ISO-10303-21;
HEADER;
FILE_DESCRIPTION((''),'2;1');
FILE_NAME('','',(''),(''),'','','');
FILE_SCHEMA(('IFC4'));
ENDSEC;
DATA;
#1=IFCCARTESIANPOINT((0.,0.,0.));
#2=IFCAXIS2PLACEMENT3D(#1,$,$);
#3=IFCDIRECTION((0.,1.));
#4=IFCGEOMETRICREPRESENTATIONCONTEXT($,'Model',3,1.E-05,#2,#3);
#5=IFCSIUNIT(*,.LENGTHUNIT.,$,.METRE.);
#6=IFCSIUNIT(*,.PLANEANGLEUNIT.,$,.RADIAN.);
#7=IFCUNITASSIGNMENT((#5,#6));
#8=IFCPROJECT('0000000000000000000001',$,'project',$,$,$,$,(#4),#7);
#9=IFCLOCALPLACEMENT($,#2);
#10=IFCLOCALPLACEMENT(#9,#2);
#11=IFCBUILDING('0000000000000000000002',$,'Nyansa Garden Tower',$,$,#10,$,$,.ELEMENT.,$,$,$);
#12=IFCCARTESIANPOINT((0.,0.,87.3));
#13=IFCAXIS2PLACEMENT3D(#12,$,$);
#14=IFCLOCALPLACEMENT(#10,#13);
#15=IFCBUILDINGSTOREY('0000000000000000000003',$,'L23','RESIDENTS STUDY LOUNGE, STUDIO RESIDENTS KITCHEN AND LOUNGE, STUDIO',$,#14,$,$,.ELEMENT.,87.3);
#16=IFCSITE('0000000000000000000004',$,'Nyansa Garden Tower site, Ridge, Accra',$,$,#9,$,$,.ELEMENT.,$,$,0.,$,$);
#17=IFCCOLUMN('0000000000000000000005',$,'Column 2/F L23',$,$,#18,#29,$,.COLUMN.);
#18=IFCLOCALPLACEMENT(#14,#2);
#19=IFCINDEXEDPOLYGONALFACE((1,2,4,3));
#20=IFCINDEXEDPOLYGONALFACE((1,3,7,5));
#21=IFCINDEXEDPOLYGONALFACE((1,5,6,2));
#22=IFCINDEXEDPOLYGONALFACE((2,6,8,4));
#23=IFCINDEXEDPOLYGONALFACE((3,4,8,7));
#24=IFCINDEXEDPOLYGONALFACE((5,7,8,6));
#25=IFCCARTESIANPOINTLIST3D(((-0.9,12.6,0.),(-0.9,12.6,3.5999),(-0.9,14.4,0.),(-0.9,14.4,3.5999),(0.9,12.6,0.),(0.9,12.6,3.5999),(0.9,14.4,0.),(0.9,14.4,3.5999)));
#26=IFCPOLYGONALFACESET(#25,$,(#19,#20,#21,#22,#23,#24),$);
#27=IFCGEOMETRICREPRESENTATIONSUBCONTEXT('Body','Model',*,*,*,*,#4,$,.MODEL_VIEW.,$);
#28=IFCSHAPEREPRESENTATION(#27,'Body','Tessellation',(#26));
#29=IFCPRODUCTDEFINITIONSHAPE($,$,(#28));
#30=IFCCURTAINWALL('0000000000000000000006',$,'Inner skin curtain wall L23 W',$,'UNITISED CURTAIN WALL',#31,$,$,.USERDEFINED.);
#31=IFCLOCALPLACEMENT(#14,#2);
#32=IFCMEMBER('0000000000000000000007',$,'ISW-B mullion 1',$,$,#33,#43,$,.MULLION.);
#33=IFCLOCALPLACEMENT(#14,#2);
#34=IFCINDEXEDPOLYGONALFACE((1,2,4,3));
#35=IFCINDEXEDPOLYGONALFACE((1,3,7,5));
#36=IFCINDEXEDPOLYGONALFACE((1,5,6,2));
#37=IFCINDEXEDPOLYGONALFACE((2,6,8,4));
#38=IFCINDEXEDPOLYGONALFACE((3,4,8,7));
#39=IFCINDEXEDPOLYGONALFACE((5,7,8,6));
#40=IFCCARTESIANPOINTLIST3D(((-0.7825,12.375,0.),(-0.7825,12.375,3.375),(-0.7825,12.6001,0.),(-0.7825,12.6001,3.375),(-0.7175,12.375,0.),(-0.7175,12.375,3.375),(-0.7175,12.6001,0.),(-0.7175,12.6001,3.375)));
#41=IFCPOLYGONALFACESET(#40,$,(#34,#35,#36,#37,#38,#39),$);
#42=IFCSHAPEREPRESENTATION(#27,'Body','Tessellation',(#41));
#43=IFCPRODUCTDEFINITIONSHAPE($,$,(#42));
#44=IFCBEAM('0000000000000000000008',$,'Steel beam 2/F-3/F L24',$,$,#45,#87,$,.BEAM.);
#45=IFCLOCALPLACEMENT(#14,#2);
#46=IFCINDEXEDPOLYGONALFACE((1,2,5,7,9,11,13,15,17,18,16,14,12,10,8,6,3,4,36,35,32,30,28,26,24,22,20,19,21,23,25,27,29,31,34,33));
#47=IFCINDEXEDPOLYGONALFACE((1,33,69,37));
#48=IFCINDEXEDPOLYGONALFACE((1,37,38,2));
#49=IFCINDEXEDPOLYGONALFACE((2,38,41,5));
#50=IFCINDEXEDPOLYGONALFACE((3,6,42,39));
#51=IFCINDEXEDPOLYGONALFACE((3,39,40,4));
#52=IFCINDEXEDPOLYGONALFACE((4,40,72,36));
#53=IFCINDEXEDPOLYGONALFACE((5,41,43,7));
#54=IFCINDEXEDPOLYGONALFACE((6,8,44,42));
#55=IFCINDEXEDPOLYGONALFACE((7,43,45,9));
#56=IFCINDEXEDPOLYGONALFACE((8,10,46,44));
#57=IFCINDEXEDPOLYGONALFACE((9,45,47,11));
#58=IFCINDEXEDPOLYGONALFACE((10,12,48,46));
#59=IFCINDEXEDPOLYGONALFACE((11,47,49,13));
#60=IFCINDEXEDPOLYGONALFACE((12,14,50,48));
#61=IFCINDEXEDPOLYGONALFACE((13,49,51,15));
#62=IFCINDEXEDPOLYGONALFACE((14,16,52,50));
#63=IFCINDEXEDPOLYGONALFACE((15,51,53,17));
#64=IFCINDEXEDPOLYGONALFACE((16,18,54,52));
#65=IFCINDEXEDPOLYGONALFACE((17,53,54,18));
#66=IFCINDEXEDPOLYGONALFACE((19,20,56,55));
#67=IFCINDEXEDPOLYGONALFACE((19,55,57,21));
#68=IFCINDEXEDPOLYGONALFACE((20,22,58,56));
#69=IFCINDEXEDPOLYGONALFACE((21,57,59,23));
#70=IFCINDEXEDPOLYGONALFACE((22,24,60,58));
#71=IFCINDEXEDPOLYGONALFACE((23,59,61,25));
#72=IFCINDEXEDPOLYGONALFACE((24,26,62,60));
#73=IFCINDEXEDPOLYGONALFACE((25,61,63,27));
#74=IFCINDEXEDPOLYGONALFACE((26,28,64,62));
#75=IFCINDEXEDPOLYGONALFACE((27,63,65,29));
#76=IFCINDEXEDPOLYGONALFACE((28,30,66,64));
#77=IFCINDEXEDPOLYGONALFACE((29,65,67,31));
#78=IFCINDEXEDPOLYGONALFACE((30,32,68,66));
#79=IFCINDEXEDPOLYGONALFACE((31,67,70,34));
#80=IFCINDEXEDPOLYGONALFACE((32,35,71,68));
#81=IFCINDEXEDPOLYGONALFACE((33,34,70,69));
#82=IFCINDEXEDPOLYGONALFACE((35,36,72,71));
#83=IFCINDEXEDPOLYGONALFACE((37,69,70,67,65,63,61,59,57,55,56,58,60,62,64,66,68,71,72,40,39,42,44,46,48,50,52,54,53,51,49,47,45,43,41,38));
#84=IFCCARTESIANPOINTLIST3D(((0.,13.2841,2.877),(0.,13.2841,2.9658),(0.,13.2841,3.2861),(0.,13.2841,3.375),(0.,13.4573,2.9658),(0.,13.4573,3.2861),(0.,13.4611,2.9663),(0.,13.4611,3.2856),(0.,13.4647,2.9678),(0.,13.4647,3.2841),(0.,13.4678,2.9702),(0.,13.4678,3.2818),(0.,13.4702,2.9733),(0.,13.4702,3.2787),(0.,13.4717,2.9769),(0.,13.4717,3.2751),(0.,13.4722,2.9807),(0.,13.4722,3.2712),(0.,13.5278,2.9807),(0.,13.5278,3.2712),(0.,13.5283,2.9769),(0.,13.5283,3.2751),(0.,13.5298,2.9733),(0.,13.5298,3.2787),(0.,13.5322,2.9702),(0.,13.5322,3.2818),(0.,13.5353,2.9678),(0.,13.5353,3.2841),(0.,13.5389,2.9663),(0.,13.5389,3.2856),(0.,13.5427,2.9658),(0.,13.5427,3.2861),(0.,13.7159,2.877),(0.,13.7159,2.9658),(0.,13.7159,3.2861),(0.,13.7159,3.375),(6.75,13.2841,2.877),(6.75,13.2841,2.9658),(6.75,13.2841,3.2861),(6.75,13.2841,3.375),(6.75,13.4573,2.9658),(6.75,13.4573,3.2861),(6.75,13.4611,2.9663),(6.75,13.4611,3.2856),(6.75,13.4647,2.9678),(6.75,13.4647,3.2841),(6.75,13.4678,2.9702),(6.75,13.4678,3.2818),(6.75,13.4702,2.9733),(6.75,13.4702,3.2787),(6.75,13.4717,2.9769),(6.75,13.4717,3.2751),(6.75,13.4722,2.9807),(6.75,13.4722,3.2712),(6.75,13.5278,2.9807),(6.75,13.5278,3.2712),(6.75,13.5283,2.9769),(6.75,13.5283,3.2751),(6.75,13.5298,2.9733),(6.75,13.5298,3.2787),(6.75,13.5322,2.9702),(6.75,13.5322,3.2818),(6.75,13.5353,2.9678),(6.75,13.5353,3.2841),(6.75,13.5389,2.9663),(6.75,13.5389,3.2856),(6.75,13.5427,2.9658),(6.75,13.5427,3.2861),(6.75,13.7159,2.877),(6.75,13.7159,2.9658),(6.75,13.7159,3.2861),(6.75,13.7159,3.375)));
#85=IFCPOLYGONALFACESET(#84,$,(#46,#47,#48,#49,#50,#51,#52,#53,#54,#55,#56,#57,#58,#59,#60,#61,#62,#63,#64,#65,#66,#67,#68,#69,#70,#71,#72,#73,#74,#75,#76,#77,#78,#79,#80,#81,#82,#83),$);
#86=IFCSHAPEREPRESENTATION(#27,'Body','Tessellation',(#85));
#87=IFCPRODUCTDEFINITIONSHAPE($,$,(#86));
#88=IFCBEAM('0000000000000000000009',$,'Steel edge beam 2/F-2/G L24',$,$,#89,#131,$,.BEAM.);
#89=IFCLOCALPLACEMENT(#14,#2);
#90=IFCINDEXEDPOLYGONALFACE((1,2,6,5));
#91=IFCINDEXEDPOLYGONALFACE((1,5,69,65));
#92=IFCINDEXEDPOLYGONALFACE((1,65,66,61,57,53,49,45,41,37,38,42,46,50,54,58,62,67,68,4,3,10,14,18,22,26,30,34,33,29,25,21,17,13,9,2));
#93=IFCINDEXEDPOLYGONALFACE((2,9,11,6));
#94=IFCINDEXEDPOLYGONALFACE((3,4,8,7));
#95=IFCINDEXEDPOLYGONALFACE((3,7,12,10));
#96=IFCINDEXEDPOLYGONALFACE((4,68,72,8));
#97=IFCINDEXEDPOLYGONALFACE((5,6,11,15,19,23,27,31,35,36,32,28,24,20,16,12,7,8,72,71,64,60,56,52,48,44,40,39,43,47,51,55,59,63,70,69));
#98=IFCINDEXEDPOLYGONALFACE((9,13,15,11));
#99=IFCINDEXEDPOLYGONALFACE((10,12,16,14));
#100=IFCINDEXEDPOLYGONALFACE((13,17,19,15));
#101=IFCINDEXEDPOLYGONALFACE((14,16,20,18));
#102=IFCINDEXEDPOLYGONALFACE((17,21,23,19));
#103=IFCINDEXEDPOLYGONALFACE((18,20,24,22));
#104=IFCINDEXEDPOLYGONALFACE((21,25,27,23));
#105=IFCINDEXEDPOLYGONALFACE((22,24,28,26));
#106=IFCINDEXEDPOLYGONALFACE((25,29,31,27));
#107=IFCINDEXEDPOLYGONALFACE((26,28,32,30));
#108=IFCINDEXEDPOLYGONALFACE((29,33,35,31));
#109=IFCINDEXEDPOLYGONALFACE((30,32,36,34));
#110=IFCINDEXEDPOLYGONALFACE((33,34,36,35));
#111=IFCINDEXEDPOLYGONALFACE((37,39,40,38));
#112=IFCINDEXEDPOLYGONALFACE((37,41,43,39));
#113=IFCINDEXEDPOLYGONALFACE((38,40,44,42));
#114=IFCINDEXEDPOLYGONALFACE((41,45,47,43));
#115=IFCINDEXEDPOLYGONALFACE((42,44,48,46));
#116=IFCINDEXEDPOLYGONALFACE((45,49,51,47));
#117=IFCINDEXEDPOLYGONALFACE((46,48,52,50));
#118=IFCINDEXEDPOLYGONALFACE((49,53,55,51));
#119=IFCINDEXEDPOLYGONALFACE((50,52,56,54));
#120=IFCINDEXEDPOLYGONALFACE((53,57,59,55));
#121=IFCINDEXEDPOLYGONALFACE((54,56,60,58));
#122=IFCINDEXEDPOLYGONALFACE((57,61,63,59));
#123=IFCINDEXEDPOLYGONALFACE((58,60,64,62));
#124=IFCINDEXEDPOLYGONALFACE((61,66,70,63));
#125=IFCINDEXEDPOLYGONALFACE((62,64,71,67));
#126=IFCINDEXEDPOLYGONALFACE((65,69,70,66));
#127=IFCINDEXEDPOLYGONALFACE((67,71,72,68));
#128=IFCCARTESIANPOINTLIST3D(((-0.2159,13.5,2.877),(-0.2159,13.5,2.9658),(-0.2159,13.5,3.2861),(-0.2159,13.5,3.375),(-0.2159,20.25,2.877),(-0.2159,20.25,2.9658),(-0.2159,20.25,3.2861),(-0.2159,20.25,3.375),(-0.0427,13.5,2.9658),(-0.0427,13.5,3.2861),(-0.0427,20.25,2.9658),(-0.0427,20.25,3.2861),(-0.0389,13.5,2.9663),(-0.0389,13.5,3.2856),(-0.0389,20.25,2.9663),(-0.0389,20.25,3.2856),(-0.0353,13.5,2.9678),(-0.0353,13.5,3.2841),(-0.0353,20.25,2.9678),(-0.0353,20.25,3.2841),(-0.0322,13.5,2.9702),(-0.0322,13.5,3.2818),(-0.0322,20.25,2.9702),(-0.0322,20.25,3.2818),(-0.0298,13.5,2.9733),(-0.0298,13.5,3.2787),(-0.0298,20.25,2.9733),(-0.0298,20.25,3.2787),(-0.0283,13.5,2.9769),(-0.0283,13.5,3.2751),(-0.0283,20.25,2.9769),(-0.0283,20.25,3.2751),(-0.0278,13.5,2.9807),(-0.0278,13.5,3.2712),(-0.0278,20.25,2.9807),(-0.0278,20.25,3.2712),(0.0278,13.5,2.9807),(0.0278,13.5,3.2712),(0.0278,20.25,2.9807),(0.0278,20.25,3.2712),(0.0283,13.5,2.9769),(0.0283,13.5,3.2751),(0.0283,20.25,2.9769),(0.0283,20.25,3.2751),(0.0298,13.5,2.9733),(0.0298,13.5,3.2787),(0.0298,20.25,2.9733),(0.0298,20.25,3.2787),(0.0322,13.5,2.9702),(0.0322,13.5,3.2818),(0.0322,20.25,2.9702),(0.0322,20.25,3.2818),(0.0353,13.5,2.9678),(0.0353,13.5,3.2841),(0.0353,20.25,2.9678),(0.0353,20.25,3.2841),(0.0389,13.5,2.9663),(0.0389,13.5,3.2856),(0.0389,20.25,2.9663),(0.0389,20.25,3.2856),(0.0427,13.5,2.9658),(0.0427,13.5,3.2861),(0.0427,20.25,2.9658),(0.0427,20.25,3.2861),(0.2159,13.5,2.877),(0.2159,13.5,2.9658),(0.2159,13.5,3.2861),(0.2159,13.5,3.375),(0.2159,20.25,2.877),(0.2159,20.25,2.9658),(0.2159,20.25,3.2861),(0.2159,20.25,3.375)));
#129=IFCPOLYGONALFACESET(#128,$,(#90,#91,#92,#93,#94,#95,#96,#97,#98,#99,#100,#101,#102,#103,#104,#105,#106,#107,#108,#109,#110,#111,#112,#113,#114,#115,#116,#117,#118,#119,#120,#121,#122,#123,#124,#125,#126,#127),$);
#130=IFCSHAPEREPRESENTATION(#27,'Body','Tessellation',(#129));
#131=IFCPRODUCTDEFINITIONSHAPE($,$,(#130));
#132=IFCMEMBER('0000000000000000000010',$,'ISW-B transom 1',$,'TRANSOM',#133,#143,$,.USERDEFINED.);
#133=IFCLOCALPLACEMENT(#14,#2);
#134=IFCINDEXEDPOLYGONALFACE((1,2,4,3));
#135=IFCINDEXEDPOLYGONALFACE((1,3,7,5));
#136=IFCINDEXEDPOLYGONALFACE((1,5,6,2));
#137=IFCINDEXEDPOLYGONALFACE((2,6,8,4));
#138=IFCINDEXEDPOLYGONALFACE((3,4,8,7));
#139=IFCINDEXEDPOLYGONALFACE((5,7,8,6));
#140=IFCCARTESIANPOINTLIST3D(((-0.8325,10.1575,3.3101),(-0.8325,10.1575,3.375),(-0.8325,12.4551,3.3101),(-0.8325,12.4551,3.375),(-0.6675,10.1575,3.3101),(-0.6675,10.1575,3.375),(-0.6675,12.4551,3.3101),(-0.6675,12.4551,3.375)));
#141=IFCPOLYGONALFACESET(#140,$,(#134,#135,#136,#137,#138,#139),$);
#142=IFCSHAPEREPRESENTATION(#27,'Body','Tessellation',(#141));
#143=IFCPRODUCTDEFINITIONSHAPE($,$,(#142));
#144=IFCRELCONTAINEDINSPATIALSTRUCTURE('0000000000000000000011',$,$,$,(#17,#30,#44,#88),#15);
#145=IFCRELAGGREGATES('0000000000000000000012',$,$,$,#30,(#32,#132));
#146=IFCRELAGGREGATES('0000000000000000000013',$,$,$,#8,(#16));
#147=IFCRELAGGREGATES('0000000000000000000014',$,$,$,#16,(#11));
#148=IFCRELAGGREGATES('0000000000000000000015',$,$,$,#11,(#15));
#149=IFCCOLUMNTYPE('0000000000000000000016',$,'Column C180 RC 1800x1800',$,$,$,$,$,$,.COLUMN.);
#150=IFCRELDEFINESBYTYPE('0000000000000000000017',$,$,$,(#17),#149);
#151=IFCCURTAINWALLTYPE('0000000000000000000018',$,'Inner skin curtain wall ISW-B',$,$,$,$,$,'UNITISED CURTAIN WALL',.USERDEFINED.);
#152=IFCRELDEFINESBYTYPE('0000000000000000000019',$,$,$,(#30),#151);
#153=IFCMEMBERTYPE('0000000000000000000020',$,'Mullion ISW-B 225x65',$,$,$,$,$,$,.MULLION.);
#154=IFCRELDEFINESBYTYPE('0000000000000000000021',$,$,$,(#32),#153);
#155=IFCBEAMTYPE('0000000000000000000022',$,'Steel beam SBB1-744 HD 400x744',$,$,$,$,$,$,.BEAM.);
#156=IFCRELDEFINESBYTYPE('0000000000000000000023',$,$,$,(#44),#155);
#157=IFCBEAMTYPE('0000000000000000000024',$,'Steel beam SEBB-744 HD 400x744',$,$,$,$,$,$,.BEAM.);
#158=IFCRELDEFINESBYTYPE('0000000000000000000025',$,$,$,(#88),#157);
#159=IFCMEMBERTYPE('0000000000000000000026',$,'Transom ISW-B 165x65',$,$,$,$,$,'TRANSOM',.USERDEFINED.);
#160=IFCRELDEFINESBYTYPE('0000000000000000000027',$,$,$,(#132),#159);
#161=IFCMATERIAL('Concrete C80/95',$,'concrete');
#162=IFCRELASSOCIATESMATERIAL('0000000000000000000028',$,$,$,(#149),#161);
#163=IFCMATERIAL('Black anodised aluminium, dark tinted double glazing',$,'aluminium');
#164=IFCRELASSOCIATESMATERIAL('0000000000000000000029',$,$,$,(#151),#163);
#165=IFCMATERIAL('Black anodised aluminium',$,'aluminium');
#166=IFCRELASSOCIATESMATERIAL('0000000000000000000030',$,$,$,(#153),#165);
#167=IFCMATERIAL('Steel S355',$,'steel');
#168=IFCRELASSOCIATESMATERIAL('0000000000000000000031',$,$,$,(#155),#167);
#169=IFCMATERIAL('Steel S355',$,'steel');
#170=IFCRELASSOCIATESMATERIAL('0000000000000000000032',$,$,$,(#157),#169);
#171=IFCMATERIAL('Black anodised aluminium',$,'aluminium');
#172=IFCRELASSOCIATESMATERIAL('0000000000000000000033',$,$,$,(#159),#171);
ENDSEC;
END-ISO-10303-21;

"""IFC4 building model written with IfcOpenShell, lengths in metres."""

from ifc_helpers import new_model, si_unit, direction, frame, origin, origin_2d, place, context, subcontext, project, spatial, rectangle, i_section, extrude, material, material_profile, profile_set, type_object, element, aggregate, save


model = new_model("IFC4")

# Units and contexts
model_context = context("Model", 3, precision=1e-05, world=origin(), true_north=direction((0.0, 1.0)))
body_context = subcontext(model_context, "Body", "Model", "MODEL_VIEW")
ifc_project = project(units=[si_unit("LENGTHUNIT", "METRE"), si_unit("PLANEANGLEUNIT", "RADIAN")], contexts=[model_context])

# Site, building, storey
site_placement = place(None, origin())
site = spatial("IfcSite", under=ifc_project, at=site_placement, Name="Nyansa Garden Tower site, Ridge, Accra", CompositionType="ELEMENT", RefElevation=0.0)
building_placement = place(site_placement, origin())
building = spatial("IfcBuilding", under=site, at=building_placement, Name="Nyansa Garden Tower", CompositionType="ELEMENT")
storey_placement = place(building_placement, frame((0.0, 0.0, 87.3)))
storey = spatial("IfcBuildingStorey", under=building, at=storey_placement, Name="L23", Description="RESIDENTS STUDY LOUNGE, STUDIO RESIDENTS KITCHEN AND LOUNGE, STUDIO", CompositionType="ELEMENT", Elevation=87.3)

# Column
ifc_material_1 = material(Name="Concrete C80/95", Category="concrete")
ifc_material_profile_1 = material_profile(ifc_material_1, rectangle(XDim=1.8, YDim=1.8, at=origin_2d()), Name="RC 1800x1800")
ifc_profile_set_1 = profile_set([ifc_material_profile_1], Name="Concrete C80/95")
column_type = type_object("IfcColumnType", Name="Column C180 RC 1800x1800", PredefinedType="COLUMN", material=ifc_profile_set_1)
column_placement = place(storey_placement, frame((0.0, 13.5, 0.0), z_axis=(0.0, 0.0, 1.0), x_axis=(1.0, 0.0, 0.0)))
element("IfcColumn", 1, at=column_placement, inside=storey, type_object=column_type, Name="Column 2/F L23", PredefinedType="COLUMN", context=body_context, shape_type="SweptSolid", body=[
    extrude(rectangle(XDim=1.8, YDim=1.8, at=origin_2d()), origin(), (0.0, 0.0, 1.0), 3.5999),
])

# Curtain wall, member
ifc_material_2 = material(Name="Black anodised aluminium, dark tinted double glazing", Category="aluminium")
curtain_wall_type = type_object("IfcCurtainWallType", Name="Inner skin curtain wall ISW-B", ElementType="UNITISED CURTAIN WALL", PredefinedType="USERDEFINED", material=ifc_material_2)
curtain_wall_placement = place(storey_placement, origin())
curtain_wall = element("IfcCurtainWall", 2, at=curtain_wall_placement, inside=storey, type_object=curtain_wall_type, Name="Inner skin curtain wall L23 W", ObjectType="UNITISED CURTAIN WALL", PredefinedType="USERDEFINED")
ifc_material_3 = material(Name="Black anodised aluminium", Category="aluminium")
ifc_material_profile_2 = material_profile(ifc_material_3, rectangle(XDim=0.0649, YDim=0.2251, at=origin_2d()), Name="Mullion 225x65")
ifc_profile_set_2 = profile_set([ifc_material_profile_2], Name="Black anodised aluminium")
member_type_1 = type_object("IfcMemberType", Name="Mullion ISW-B 225x65", PredefinedType="MULLION", material=ifc_profile_set_2)
member_1_placement = place(storey_placement, frame((-0.75, 12.4875, 0.0), z_axis=(0.0, 0.0, 1.0), x_axis=(1.0, 0.0, 0.0)))
member_1 = element("IfcMember", 3, at=member_1_placement, type_object=member_type_1, Name="ISW-B mullion 1", PredefinedType="MULLION", context=body_context, shape_type="SweptSolid", body=[
    extrude(rectangle(XDim=0.0649, YDim=0.2251, at=origin_2d()), origin(), (0.0, 0.0, 1.0), 3.375),
])

# Beams
ifc_material_4 = material(Name="Steel S355", Category="steel")
ifc_material_profile_3 = material_profile(ifc_material_4, i_section(OverallWidth=0.4319, OverallDepth=0.498, WebThickness=0.0557, FlangeThickness=0.0889, FilletRadius=0.0149, at=origin_2d()), Name="HD 400x744")
ifc_profile_set_3 = profile_set([ifc_material_profile_3], Name="Steel S355")
beam_type_1 = type_object("IfcBeamType", Name="Steel beam SBB1-744 HD 400x744", PredefinedType="BEAM", material=ifc_profile_set_3)
beam_1_placement = place(storey_placement, frame((0.0, 13.5, 3.126), z_axis=(1.0, 0.0, 0.0), x_axis=(0.0, 1.0, 0.0)))
element("IfcBeam", 4, at=beam_1_placement, inside=storey, type_object=beam_type_1, Name="Steel beam 2/F-3/F L24", PredefinedType="BEAM", context=body_context, shape_type="SweptSolid", body=[
    extrude(i_section(OverallWidth=0.4319, OverallDepth=0.498, WebThickness=0.0557, FlangeThickness=0.0889, FilletRadius=0.0149, at=origin_2d()), origin(), (0.0, 0.0, 1.0), 6.75),
])
ifc_material_5 = material(Name="Steel S355", Category="steel")
ifc_material_profile_4 = material_profile(ifc_material_5, i_section(OverallWidth=0.4319, OverallDepth=0.498, WebThickness=0.0557, FlangeThickness=0.0889, FilletRadius=0.0149, at=origin_2d()), Name="HD 400x744")
ifc_profile_set_4 = profile_set([ifc_material_profile_4], Name="Steel S355")
beam_type_2 = type_object("IfcBeamType", Name="Steel beam SEBB-744 HD 400x744", PredefinedType="BEAM", material=ifc_profile_set_4)
beam_2_placement = place(storey_placement, frame((0.0, 13.5, 3.126), z_axis=(0.0, 1.0, 0.0), x_axis=(-1.0, 0.0, 0.0)))
element("IfcBeam", 5, at=beam_2_placement, inside=storey, type_object=beam_type_2, Name="Steel edge beam 2/F-2/G L24", PredefinedType="BEAM", context=body_context, shape_type="SweptSolid", body=[
    extrude(i_section(OverallWidth=0.4319, OverallDepth=0.498, WebThickness=0.0557, FlangeThickness=0.0889, FilletRadius=0.0149, at=origin_2d()), origin(), (0.0, 0.0, 1.0), 6.75),
])

# Member
ifc_material_6 = material(Name="Black anodised aluminium", Category="aluminium")
ifc_material_profile_5 = material_profile(ifc_material_6, rectangle(XDim=0.165, YDim=0.0649, at=origin_2d()), Name="Transom 165x65")
ifc_profile_set_5 = profile_set([ifc_material_profile_5], Name="Black anodised aluminium")
member_type_2 = type_object("IfcMemberType", Name="Transom ISW-B 165x65", ElementType="TRANSOM", PredefinedType="USERDEFINED", material=ifc_profile_set_5)
member_2_placement = place(storey_placement, frame((-0.75, 12.4551, 3.3425), z_axis=(0.0, -1.0, 0.0), x_axis=(1.0, 0.0, 0.0)))
member_2 = element("IfcMember", 6, at=member_2_placement, type_object=member_type_2, Name="ISW-B transom 1", ObjectType="TRANSOM", PredefinedType="USERDEFINED", context=body_context, shape_type="SweptSolid", body=[
    extrude(rectangle(XDim=0.165, YDim=0.0649, at=origin_2d()), origin(), (0.0, 0.0, 1.0), 2.2976),
])
aggregate(curtain_wall, [member_1, member_2])

save(model, "model.ifc")
